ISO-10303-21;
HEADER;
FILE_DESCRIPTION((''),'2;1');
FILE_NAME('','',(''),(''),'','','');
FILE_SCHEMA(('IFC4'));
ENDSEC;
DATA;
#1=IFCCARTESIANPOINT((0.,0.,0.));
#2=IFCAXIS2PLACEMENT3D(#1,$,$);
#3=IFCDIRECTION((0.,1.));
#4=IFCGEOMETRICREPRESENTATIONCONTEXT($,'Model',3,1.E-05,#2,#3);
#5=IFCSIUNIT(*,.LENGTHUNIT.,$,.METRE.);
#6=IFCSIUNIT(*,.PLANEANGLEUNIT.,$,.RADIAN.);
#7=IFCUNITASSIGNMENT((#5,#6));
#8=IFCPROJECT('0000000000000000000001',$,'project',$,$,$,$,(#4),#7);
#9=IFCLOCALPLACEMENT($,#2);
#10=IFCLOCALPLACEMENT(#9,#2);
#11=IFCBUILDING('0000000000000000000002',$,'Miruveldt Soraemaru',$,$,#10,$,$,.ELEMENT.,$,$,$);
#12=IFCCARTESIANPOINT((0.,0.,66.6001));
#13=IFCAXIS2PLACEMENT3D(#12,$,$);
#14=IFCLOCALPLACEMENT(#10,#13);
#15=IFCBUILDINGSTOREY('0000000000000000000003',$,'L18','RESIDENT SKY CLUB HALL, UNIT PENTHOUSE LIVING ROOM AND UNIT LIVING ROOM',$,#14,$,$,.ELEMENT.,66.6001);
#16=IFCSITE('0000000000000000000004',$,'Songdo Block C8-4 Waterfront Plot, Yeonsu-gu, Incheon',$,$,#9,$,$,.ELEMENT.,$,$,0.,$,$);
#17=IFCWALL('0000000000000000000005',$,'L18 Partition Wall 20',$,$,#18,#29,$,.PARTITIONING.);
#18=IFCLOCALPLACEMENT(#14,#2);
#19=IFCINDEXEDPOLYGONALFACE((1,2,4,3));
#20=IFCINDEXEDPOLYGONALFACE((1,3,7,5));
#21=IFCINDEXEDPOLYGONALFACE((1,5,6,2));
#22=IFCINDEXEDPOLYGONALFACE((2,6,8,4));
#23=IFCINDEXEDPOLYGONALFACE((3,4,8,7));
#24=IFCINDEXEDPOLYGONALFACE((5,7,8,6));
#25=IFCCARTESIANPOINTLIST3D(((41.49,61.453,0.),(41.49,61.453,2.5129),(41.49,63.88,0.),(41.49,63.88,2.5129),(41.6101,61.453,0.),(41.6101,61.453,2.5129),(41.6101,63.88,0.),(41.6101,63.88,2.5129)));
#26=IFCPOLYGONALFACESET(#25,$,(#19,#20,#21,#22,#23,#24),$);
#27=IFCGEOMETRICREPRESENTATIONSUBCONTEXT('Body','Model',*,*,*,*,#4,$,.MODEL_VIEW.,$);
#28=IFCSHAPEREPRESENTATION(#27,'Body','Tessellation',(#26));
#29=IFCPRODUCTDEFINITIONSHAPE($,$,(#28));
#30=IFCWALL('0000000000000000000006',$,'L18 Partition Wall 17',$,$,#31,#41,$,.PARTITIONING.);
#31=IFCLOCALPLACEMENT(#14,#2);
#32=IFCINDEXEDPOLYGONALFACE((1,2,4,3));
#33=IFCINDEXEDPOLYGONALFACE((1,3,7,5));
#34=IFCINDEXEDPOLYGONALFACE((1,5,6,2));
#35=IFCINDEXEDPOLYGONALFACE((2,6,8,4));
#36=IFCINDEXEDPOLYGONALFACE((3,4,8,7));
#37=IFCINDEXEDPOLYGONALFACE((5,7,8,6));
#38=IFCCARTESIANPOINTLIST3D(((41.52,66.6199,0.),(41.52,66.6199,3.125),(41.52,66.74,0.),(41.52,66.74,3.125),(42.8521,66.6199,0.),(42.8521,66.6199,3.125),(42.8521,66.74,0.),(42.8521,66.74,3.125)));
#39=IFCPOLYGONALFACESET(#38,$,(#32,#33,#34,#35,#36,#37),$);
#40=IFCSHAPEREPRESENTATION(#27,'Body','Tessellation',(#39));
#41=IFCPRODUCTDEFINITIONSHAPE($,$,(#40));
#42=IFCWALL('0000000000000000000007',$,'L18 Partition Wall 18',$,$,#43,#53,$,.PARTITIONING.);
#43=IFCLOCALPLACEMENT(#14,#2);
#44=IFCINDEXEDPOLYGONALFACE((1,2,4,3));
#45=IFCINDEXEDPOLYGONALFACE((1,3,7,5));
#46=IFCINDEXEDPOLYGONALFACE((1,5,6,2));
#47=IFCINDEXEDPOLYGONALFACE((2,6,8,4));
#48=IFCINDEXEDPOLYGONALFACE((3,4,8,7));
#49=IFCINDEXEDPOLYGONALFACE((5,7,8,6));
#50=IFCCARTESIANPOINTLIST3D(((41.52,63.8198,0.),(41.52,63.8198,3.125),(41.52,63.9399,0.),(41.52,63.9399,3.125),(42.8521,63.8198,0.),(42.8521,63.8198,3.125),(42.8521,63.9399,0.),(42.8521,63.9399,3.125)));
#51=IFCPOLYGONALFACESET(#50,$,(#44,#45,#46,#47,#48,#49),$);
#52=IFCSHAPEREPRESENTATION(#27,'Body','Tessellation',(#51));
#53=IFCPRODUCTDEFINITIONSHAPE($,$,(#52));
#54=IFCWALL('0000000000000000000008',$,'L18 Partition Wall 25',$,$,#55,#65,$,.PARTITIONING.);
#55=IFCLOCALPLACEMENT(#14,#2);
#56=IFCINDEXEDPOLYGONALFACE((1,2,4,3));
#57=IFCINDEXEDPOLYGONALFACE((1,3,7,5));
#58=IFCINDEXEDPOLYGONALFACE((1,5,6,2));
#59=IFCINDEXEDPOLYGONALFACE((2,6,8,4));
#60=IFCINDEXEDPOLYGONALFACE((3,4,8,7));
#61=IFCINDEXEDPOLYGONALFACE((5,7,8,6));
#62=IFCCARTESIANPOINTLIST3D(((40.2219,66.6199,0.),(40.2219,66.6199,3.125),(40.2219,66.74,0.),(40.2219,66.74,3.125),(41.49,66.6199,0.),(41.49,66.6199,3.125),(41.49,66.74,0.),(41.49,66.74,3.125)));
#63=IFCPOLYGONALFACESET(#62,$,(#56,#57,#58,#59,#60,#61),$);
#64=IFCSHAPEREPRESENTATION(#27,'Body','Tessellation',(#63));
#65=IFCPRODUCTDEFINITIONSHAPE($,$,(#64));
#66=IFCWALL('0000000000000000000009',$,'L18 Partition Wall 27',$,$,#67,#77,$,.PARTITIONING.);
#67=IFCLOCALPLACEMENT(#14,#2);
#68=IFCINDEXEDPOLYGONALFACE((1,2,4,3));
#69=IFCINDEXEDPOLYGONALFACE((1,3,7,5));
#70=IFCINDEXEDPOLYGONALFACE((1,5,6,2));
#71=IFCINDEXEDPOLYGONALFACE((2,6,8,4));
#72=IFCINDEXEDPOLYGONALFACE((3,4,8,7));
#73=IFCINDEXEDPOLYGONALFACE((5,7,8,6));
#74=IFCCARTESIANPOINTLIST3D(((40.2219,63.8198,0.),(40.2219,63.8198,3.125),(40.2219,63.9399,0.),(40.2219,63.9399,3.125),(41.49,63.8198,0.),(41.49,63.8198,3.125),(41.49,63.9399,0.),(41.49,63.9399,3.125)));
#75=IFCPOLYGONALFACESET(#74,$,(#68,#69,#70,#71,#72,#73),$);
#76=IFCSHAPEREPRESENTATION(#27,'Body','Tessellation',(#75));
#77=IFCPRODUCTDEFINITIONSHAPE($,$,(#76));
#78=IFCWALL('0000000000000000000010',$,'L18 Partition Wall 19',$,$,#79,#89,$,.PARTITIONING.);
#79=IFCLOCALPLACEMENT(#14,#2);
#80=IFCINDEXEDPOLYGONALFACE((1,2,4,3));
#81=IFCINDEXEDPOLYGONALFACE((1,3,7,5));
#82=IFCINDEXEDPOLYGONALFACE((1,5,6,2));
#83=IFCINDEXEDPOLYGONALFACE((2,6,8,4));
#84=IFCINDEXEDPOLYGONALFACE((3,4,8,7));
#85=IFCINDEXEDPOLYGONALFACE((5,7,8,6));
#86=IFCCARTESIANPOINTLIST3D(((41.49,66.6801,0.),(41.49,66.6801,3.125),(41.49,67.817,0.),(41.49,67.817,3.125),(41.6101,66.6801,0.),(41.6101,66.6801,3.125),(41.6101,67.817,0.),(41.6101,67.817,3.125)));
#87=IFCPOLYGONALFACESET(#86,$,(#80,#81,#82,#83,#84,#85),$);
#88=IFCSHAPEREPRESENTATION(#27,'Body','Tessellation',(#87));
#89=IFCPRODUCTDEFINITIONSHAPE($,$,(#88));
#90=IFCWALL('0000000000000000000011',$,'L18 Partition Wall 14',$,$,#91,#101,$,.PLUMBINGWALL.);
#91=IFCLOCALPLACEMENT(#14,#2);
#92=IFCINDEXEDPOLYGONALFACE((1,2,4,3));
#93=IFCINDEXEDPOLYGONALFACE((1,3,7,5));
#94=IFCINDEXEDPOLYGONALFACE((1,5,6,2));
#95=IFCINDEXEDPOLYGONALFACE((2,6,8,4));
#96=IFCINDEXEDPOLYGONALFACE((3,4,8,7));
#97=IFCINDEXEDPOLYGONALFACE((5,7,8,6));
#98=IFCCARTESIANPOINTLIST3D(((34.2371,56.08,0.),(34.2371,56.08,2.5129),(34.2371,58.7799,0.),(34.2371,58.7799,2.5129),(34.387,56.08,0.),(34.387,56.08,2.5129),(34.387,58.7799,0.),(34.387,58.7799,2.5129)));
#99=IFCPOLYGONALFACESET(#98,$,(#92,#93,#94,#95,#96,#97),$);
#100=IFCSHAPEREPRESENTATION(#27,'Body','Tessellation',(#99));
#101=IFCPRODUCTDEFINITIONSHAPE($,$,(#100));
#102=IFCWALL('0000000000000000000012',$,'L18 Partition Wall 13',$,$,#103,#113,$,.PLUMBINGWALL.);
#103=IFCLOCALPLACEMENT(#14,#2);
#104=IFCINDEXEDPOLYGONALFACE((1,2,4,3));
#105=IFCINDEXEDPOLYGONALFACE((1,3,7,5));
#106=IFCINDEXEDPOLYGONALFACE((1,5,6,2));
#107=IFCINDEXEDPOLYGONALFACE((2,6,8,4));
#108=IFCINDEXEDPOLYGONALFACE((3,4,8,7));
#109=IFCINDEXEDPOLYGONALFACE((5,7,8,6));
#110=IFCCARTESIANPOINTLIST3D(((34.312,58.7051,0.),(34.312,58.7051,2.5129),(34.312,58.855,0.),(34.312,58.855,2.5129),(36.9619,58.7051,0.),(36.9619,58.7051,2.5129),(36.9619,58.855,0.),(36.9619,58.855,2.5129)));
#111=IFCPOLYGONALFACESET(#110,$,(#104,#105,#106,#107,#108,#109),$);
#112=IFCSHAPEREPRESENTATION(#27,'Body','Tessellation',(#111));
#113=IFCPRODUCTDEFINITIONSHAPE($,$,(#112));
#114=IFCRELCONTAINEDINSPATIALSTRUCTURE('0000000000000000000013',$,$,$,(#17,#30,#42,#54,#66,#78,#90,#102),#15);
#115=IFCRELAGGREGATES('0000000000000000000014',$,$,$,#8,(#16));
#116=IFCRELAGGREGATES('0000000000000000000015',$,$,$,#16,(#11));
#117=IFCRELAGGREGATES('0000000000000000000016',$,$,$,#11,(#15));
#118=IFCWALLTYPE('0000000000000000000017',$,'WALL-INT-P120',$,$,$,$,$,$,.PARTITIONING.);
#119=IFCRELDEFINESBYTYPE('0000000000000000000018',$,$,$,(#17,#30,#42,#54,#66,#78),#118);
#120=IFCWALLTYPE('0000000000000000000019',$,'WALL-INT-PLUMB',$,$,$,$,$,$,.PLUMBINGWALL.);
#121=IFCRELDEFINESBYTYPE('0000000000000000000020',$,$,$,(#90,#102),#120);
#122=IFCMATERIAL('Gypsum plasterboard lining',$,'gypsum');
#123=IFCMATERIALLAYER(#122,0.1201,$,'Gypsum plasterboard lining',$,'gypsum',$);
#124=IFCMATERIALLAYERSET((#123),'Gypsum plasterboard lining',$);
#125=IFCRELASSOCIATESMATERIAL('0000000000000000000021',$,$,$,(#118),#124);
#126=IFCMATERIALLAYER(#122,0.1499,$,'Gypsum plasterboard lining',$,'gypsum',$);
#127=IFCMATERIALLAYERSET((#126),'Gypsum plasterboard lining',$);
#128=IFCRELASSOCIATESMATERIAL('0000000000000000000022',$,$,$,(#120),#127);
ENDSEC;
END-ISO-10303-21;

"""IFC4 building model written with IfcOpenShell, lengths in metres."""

from ifc_helpers import new_model, si_unit, direction, frame, frame_2d, origin, place, context, subcontext, project, spatial, rectangle, extrude, material, layer, layer_set, type_object, element, save


model = new_model("IFC4")

# Units and contexts
model_context = context("Model", 3, precision=1e-05, world=origin(), true_north=direction((0.0, 1.0)))
body_context = subcontext(model_context, "Body", "Model", "MODEL_VIEW")
ifc_project = project(units=[si_unit("LENGTHUNIT", "METRE"), si_unit("PLANEANGLEUNIT", "RADIAN")], contexts=[model_context])

# Site, building, storey
site_placement = place(None, origin())
site = spatial("IfcSite", under=ifc_project, at=site_placement, Name="Songdo Block C8-4 Waterfront Plot, Yeonsu-gu, Incheon", CompositionType="ELEMENT", RefElevation=0.0)
building_placement = place(site_placement, origin())
building = spatial("IfcBuilding", under=site, at=building_placement, Name="Miruveldt Soraemaru", CompositionType="ELEMENT")
storey_placement = place(building_placement, frame((0.0, 0.0, 66.6001)))
storey = spatial("IfcBuildingStorey", under=building, at=storey_placement, Name="L18", Description="RESIDENT SKY CLUB HALL, UNIT PENTHOUSE LIVING ROOM AND UNIT LIVING ROOM", CompositionType="ELEMENT", Elevation=66.6001)

# Shared definitions
ifc_material_1 = material(Name="Gypsum plasterboard lining", Category="gypsum")
ifc_layer_1 = layer(ifc_material_1, 0.1201, Name="Gypsum plasterboard lining", Category="gypsum")
ifc_layer_set_1 = layer_set([ifc_layer_1], Name="Gypsum plasterboard lining")
wall_type_1 = type_object("IfcWallType", Name="WALL-INT-P120", PredefinedType="PARTITIONING", material=ifc_layer_set_1)

# Walls
wall_1_placement = place(storey_placement, frame((41.55, 63.8799, 0.0), z_axis=(0.0, 0.0, 1.0), x_axis=(0.0, -1.0, 0.0)))
element("IfcWall", 1, at=wall_1_placement, inside=storey, type_object=wall_type_1, Name="L18 Partition Wall 20", PredefinedType="PARTITIONING", context=body_context, shape_type="SweptSolid", body=[
    extrude(rectangle(XDim=2.427, YDim=0.1201, at=frame_2d((1.2134, 0.0))), origin(), (0.0, 0.0, 1.0), 2.5129),
])
for number, where, z_axis, x_axis, name in (
    (2, (42.8521, 66.6799, 0.0), (0.0, 0.0, 1.0), (-1.0, 0.0, 0.0), "L18 Partition Wall 17"),
    (3, (41.52, 63.8799, 0.0), (0.0, 0.0, 1.0), (1.0, 0.0, 0.0), "L18 Partition Wall 18"),
):
    element("IfcWall", number, at=place(storey_placement, frame(where, z_axis=z_axis, x_axis=x_axis)), inside=storey, type_object=wall_type_1, Name=name, PredefinedType="PARTITIONING", context=body_context, shape_type="SweptSolid", body=[
        extrude(rectangle(XDim=1.332, YDim=0.1201, at=frame_2d((0.666, 0.0))), origin(), (0.0, 0.0, 1.0), 3.125),
    ])
for number, where, z_axis, x_axis, name in (
    (4, (41.49, 66.6799, 0.0), (0.0, 0.0, 1.0), (-1.0, 0.0, 0.0), "L18 Partition Wall 25"),
    (5, (40.2219, 63.8799, 0.0), (0.0, 0.0, 1.0), (1.0, 0.0, 0.0), "L18 Partition Wall 27"),
):
    element("IfcWall", number, at=place(storey_placement, frame(where, z_axis=z_axis, x_axis=x_axis)), inside=storey, type_object=wall_type_1, Name=name, PredefinedType="PARTITIONING", context=body_context, shape_type="SweptSolid", body=[
        extrude(rectangle(XDim=1.2681, YDim=0.1201, at=frame_2d((0.634, 0.0))), origin(), (0.0, 0.0, 1.0), 3.125),
    ])
wall_2_placement = place(storey_placement, frame((41.55, 67.8169, 0.0), z_axis=(0.0, 0.0, 1.0), x_axis=(0.0, -1.0, 0.0)))
element("IfcWall", 6, at=wall_2_placement, inside=storey, type_object=wall_type_1, Name="L18 Partition Wall 19", PredefinedType="PARTITIONING", context=body_context, shape_type="SweptSolid", body=[
    extrude(rectangle(XDim=1.137, YDim=0.1201, at=frame_2d((0.5684, 0.0))), origin(), (0.0, 0.0, 1.0), 3.125),
])
ifc_layer_2 = layer(ifc_material_1, 0.1499, Name="Gypsum plasterboard lining", Category="gypsum")
ifc_layer_set_2 = layer_set([ifc_layer_2], Name="Gypsum plasterboard lining")
wall_type_2 = type_object("IfcWallType", Name="WALL-INT-PLUMB", PredefinedType="PLUMBINGWALL", material=ifc_layer_set_2)
wall_3_placement = place(storey_placement, frame((34.312, 58.78, 0.0), z_axis=(0.0, 0.0, 1.0), x_axis=(0.0, -1.0, 0.0)))
element("IfcWall", 7, at=wall_3_placement, inside=storey, type_object=wall_type_2, Name="L18 Partition Wall 14", PredefinedType="PLUMBINGWALL", context=body_context, shape_type="SweptSolid", body=[
    extrude(rectangle(XDim=2.7, YDim=0.1499, at=frame_2d((1.3501, 0.0))), origin(), (0.0, 0.0, 1.0), 2.5129),
])
wall_4_placement = place(storey_placement, frame((36.9619, 58.78, 0.0), z_axis=(0.0, 0.0, 1.0), x_axis=(-1.0, 0.0, 0.0)))
element("IfcWall", 8, at=wall_4_placement, inside=storey, type_object=wall_type_2, Name="L18 Partition Wall 13", PredefinedType="PLUMBINGWALL", context=body_context, shape_type="SweptSolid", body=[
    extrude(rectangle(XDim=2.6499, YDim=0.1499, at=frame_2d((1.325, 0.0))), origin(), (0.0, 0.0, 1.0), 2.5129),
])

save(model, "model.ifc")
